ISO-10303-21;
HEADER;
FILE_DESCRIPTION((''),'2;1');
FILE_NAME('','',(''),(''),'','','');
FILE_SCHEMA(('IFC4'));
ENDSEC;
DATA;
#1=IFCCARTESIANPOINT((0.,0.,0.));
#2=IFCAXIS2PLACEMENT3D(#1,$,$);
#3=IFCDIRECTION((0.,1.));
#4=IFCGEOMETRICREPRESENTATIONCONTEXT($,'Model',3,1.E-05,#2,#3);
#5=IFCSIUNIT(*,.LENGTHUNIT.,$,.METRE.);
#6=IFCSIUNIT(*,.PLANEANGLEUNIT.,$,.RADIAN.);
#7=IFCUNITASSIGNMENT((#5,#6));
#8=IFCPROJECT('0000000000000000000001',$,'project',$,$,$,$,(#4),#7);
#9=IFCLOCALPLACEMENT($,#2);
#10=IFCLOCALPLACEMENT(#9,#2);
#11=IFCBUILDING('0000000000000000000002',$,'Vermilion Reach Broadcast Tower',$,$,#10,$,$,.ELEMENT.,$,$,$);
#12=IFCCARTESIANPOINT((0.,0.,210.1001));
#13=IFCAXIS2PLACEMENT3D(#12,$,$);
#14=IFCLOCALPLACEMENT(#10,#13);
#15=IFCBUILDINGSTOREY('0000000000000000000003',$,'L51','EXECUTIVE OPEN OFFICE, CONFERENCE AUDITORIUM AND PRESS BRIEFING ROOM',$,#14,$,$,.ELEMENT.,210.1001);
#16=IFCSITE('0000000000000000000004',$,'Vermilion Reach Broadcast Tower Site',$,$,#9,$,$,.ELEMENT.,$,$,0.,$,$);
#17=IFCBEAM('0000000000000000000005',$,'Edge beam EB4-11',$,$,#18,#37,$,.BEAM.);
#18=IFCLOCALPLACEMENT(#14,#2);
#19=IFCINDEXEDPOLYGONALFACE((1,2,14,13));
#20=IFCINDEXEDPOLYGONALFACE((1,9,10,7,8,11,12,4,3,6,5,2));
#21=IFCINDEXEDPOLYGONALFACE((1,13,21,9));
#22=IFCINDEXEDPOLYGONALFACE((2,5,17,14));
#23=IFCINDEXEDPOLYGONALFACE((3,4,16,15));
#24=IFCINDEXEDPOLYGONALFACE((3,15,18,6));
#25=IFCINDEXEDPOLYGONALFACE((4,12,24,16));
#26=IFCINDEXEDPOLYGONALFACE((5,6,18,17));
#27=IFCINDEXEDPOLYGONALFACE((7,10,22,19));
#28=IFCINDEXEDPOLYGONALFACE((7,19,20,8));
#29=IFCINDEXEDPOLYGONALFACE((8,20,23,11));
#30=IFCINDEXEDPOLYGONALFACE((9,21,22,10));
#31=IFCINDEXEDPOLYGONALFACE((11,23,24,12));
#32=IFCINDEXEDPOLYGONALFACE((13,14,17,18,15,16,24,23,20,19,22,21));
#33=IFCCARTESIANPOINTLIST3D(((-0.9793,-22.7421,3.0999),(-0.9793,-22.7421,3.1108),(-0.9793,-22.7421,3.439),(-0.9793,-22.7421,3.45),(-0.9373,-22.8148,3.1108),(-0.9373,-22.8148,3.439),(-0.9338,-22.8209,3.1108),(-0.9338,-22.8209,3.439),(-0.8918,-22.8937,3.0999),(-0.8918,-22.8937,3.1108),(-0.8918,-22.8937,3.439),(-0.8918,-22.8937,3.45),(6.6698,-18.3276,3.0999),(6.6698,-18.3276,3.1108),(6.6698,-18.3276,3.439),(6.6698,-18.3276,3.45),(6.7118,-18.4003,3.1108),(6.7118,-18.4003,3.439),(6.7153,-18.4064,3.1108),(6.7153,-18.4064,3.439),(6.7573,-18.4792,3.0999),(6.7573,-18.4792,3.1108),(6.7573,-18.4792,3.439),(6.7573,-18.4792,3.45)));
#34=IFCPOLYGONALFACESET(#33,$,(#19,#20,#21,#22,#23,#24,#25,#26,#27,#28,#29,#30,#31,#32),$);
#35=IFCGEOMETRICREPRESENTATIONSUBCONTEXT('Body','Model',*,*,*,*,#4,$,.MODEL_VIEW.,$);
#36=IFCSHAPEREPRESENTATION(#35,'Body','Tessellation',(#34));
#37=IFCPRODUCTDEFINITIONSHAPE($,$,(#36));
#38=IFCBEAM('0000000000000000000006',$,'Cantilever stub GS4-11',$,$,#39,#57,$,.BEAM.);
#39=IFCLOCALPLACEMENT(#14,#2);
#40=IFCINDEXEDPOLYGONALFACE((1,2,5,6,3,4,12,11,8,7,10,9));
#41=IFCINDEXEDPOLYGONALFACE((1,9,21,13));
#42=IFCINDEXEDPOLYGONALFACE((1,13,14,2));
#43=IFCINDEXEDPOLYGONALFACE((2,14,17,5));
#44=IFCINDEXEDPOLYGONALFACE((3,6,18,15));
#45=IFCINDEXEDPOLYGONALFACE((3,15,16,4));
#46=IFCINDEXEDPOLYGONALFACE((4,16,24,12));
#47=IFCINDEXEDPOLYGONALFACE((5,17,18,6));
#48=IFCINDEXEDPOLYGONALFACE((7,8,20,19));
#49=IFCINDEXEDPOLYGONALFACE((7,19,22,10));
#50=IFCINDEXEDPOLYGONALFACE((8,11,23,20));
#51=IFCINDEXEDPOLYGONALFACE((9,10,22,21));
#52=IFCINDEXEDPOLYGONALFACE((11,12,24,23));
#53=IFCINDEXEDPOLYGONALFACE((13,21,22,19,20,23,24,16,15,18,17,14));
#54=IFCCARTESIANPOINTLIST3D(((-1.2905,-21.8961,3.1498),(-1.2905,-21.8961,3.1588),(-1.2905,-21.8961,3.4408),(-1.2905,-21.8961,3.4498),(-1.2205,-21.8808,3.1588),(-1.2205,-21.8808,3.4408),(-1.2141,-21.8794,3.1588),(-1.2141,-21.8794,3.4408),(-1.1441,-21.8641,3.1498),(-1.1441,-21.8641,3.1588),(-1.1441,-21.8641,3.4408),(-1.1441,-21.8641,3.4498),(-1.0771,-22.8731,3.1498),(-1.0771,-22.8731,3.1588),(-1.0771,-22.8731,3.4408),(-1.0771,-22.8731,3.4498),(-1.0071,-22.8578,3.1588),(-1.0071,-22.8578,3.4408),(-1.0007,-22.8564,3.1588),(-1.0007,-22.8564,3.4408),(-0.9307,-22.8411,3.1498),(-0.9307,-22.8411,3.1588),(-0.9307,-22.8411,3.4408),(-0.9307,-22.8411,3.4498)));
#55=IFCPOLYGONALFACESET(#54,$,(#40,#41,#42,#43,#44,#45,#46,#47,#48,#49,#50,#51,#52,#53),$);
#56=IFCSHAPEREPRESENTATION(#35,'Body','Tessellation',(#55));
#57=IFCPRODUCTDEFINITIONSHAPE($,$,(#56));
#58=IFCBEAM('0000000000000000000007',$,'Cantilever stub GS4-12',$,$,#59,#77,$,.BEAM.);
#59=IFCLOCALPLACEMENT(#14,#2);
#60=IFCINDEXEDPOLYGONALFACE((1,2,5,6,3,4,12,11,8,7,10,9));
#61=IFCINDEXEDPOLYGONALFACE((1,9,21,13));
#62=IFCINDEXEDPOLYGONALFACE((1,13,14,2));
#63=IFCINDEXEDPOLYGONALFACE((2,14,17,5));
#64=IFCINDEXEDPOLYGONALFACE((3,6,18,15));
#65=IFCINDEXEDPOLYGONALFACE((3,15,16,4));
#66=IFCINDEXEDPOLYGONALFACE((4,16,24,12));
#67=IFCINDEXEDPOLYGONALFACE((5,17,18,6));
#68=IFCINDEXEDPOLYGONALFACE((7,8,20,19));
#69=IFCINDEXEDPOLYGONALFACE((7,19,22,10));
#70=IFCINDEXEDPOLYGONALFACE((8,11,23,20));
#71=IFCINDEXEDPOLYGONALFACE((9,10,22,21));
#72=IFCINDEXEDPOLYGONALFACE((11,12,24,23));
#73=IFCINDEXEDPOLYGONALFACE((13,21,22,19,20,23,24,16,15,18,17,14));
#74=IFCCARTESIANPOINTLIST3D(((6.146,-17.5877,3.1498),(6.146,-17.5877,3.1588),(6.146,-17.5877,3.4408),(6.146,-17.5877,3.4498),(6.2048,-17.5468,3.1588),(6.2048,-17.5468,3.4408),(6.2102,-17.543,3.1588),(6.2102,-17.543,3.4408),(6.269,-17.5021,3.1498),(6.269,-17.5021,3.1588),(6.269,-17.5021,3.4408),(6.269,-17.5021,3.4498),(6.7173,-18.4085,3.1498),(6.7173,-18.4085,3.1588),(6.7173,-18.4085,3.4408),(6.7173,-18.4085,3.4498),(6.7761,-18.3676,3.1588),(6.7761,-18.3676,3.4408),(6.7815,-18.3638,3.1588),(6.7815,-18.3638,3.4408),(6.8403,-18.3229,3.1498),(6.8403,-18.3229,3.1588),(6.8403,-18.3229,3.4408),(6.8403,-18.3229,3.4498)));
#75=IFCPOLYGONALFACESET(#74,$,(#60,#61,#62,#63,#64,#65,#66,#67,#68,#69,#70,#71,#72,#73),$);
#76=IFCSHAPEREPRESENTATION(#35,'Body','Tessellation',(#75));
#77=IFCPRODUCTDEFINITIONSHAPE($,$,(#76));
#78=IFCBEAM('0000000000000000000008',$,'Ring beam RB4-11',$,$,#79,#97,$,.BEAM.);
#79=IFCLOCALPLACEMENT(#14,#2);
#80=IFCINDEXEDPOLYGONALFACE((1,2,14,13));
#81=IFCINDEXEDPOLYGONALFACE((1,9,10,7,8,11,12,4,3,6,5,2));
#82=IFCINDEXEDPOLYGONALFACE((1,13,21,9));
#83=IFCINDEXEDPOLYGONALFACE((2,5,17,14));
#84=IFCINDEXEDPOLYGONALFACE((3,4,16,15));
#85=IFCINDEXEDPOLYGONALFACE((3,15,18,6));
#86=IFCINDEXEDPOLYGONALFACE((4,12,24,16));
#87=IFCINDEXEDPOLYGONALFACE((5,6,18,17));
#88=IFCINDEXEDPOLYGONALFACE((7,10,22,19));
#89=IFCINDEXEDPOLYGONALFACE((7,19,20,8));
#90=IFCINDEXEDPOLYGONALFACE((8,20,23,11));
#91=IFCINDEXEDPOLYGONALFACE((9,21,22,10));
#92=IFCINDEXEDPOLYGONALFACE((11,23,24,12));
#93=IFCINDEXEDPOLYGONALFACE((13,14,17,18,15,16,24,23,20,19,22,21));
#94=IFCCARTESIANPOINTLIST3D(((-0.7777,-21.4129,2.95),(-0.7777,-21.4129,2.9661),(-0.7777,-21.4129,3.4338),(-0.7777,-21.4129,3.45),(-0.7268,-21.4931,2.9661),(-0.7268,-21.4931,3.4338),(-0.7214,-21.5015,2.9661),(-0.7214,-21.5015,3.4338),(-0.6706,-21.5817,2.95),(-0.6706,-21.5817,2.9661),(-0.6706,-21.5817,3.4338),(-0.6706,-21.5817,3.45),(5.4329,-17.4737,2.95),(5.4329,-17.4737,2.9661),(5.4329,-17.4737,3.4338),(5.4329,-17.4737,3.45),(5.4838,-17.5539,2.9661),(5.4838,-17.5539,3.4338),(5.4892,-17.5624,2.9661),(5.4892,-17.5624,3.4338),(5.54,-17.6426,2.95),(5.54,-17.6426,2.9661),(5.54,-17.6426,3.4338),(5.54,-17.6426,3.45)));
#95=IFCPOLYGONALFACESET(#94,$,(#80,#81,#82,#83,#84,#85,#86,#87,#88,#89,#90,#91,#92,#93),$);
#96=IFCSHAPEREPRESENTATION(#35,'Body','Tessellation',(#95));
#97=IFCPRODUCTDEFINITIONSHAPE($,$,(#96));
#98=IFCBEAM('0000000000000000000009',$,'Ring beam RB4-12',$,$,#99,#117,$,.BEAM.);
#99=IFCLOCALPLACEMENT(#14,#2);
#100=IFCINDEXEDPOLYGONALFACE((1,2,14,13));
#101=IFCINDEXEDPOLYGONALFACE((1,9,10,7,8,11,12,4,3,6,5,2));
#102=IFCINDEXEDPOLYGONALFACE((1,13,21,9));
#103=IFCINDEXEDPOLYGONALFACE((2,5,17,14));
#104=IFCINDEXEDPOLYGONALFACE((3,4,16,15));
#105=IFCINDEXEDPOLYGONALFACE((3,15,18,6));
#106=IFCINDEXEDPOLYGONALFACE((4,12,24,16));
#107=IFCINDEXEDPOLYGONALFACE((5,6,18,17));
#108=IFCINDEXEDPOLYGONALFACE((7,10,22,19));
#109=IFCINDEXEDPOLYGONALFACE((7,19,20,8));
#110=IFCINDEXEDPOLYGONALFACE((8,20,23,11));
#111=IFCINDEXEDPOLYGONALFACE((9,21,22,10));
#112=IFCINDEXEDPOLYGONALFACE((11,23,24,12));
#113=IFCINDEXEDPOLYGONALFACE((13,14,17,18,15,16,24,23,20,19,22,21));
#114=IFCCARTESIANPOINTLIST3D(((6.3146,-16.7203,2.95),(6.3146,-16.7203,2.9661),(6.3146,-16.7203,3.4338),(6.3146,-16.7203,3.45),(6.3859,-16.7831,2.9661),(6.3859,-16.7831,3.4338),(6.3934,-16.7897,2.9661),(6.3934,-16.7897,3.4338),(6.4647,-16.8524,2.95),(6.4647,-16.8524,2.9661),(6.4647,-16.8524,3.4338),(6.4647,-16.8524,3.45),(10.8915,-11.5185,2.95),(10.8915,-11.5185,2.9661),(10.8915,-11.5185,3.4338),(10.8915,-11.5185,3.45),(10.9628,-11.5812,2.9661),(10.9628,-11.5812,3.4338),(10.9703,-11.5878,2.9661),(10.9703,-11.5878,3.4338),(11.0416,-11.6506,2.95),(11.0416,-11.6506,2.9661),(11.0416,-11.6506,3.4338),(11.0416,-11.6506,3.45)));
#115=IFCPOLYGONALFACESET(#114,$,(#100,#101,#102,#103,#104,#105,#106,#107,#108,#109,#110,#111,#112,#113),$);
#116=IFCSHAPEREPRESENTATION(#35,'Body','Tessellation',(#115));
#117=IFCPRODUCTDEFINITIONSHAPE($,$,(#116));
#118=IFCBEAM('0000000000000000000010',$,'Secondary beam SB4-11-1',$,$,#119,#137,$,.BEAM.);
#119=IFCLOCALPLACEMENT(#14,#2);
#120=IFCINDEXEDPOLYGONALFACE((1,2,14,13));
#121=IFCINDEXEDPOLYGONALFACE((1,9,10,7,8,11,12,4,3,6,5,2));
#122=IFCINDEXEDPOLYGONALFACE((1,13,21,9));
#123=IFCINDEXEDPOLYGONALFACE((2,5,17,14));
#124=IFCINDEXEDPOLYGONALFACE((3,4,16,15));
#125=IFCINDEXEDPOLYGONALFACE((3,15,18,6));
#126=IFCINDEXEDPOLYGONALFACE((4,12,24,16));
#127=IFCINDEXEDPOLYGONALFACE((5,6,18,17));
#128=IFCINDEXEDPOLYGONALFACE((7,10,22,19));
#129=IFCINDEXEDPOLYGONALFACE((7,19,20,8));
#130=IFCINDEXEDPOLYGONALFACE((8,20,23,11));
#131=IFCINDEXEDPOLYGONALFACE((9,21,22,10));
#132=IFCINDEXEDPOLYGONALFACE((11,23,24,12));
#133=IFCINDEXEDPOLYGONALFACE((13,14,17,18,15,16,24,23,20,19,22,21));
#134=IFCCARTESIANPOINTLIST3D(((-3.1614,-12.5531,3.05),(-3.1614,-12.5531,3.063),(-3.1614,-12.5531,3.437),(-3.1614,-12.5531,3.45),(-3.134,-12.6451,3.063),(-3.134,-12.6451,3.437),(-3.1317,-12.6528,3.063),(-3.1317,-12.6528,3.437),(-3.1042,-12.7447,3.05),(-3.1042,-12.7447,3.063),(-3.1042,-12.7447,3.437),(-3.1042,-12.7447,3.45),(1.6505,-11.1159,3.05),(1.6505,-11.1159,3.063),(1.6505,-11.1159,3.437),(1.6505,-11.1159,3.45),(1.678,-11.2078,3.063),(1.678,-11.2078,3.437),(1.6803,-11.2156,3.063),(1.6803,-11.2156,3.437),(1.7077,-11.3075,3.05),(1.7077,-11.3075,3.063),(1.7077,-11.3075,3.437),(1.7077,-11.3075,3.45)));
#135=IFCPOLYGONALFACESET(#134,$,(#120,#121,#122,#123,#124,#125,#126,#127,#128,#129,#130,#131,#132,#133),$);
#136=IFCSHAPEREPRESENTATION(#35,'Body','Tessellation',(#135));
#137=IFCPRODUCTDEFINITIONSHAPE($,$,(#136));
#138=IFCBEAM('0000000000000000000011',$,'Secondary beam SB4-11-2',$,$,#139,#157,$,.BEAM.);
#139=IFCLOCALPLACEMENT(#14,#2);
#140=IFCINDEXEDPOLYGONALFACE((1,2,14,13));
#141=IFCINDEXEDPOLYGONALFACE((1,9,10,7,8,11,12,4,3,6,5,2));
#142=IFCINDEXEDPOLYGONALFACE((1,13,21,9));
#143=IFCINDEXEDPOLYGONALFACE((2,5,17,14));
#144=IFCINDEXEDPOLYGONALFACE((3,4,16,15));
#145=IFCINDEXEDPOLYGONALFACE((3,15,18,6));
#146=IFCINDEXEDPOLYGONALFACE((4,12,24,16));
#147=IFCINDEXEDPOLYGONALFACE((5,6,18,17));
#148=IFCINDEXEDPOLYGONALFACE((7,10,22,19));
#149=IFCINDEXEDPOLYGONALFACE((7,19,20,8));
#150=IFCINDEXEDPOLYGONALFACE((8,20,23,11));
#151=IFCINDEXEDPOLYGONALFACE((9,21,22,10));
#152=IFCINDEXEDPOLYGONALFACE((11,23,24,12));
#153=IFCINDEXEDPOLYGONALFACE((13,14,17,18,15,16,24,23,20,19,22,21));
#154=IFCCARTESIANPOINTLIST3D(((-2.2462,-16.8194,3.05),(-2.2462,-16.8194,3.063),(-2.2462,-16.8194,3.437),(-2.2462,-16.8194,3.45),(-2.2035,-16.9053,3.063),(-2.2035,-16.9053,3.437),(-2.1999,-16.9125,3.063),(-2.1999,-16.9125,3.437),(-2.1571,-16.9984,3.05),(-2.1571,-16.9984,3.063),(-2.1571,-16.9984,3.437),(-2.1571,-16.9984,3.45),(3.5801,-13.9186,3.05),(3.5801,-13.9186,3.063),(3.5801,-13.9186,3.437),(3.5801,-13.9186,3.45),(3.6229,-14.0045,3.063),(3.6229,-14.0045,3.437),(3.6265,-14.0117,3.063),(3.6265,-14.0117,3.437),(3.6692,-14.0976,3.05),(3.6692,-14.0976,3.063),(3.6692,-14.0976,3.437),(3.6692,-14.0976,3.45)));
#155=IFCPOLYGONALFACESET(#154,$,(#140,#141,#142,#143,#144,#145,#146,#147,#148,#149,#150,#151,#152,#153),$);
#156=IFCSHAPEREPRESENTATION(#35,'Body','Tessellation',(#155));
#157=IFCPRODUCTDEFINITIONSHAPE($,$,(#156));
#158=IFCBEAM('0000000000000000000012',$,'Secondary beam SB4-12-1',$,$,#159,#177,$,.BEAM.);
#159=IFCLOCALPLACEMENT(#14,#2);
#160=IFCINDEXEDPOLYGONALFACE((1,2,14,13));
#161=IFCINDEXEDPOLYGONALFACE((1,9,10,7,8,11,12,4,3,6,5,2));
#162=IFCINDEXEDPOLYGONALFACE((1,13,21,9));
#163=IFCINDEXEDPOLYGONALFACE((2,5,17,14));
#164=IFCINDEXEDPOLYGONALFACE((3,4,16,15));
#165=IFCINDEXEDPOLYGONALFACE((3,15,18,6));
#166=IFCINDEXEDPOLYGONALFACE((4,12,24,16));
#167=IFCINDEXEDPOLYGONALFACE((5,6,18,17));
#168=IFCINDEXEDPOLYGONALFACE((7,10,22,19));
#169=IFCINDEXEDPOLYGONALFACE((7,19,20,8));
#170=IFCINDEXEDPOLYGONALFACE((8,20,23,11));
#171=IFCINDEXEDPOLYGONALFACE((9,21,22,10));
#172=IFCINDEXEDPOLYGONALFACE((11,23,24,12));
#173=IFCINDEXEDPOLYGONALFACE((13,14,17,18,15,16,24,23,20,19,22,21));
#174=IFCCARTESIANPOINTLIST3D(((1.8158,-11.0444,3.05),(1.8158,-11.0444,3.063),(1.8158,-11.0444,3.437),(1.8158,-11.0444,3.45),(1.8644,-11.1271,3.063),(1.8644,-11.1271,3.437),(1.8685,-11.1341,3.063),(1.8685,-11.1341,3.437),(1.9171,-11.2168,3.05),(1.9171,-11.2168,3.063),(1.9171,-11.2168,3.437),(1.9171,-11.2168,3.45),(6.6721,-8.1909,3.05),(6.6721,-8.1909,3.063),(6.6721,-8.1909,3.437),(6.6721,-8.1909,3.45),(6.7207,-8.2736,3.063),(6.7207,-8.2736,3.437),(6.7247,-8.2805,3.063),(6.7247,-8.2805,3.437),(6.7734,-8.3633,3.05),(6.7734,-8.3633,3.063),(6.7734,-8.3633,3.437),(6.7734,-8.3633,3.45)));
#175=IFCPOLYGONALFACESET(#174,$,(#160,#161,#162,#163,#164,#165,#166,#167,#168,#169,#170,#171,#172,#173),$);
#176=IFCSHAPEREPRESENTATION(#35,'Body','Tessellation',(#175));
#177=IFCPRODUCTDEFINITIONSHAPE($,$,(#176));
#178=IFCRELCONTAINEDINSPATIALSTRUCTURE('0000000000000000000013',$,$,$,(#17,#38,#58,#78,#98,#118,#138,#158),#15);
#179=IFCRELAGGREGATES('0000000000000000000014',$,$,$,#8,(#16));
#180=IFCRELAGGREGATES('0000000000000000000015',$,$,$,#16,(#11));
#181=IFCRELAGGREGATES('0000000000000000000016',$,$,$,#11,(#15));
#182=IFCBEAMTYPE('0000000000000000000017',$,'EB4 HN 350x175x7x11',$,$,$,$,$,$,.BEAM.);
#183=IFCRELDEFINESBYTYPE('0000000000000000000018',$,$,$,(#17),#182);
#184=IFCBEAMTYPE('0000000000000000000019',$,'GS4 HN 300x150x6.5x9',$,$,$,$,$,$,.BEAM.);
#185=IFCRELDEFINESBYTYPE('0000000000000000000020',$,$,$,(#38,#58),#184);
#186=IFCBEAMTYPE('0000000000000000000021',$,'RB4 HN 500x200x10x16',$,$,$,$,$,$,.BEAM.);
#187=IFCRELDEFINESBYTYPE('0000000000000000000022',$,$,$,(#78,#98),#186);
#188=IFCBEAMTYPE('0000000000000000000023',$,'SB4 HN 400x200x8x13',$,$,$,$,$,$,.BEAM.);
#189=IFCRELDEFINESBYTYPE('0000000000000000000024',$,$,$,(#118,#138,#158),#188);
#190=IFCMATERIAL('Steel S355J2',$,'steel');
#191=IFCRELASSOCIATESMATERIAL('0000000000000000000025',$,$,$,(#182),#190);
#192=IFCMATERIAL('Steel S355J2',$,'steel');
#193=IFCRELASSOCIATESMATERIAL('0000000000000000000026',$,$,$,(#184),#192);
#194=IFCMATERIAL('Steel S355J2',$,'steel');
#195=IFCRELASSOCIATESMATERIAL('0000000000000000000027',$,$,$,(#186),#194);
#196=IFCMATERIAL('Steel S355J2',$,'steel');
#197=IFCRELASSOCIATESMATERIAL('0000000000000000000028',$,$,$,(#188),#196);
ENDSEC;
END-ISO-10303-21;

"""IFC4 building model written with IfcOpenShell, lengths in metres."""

from ifc_helpers import new_model, si_unit, direction, frame, origin, origin_2d, place, context, subcontext, project, spatial, i_section, extrude, material, material_profile, profile_set, type_object, element, save


model = new_model("IFC4")

# Units and contexts
model_context = context("Model", 3, precision=1e-05, world=origin(), true_north=direction((0.0, 1.0)))
body_context = subcontext(model_context, "Body", "Model", "MODEL_VIEW")
ifc_project = project(units=[si_unit("LENGTHUNIT", "METRE"), si_unit("PLANEANGLEUNIT", "RADIAN")], contexts=[model_context])

# Site, building, storey
site_placement = place(None, origin())
site = spatial("IfcSite", under=ifc_project, at=site_placement, Name="Vermilion Reach Broadcast Tower Site", CompositionType="ELEMENT", RefElevation=0.0)
building_placement = place(site_placement, origin())
building = spatial("IfcBuilding", under=site, at=building_placement, Name="Vermilion Reach Broadcast Tower", CompositionType="ELEMENT")
storey_placement = place(building_placement, frame((0.0, 0.0, 210.1001)))
storey = spatial("IfcBuildingStorey", under=building, at=storey_placement, Name="L51", Description="EXECUTIVE OPEN OFFICE, CONFERENCE AUDITORIUM AND PRESS BRIEFING ROOM", CompositionType="ELEMENT", Elevation=210.1001)

# Beams
ifc_material_1 = material(Name="Steel S355J2", Category="steel")
ifc_material_profile_1 = material_profile(ifc_material_1, i_section(OverallWidth=0.175, OverallDepth=0.3501, WebThickness=0.0071, FlangeThickness=0.011, at=origin_2d()), Name="S355J2 HN 350x175x7x11")
ifc_profile_set_1 = profile_set([ifc_material_profile_1], Name="Steel S355J2")
beam_type_1 = type_object("IfcBeamType", Name="EB4 HN 350x175x7x11", PredefinedType="BEAM", material=ifc_profile_set_1)
beam_1_placement = place(storey_placement, frame((-0.9355, -22.8179, 3.2749), z_axis=(0.866109, 0.499856, 0.0), x_axis=(-0.499856, 0.866109, 0.0)))
element("IfcBeam", 1, at=beam_1_placement, inside=storey, type_object=beam_type_1, Name="Edge beam EB4-11", PredefinedType="BEAM", context=body_context, shape_type="SweptSolid", body=[
    extrude(i_section(OverallWidth=0.175, OverallDepth=0.3501, WebThickness=0.0071, FlangeThickness=0.011, at=origin_2d()), origin(), (0.0, 0.0, 1.0), 8.8315),
])
ifc_material_2 = material(Name="Steel S355J2", Category="steel")
ifc_material_profile_2 = material_profile(ifc_material_2, i_section(OverallWidth=0.1499, OverallDepth=0.3, WebThickness=0.0066, FlangeThickness=0.009, at=origin_2d()), Name="S355J2 HN 300x150x6.5x9")
ifc_profile_set_2 = profile_set([ifc_material_profile_2], Name="Steel S355J2")
beam_type_2 = type_object("IfcBeamType", Name="GS4 HN 300x150x6.5x9", PredefinedType="BEAM", material=ifc_profile_set_2)
for number, where, z_axis, x_axis, name in (
    (2, (-1.2173, -21.8801, 3.2998), (0.213362, -0.976973, 0.0), (0.976973, 0.213362, 0.0), "Cantilever stub GS4-11"),
    (3, (6.2075, -17.5449, 3.2998), (0.571265, -0.820766, 0.0), (0.820766, 0.571265, 0.0), "Cantilever stub GS4-12"),
):
    element("IfcBeam", number, at=place(storey_placement, frame(where, z_axis=z_axis, x_axis=x_axis)), inside=storey, type_object=beam_type_2, Name=name, PredefinedType="BEAM", context=body_context, shape_type="SweptSolid", body=[
        extrude(i_section(OverallWidth=0.1499, OverallDepth=0.3, WebThickness=0.0066, FlangeThickness=0.009, at=origin_2d()), origin(), (0.0, 0.0, 1.0), 1.0),
    ])
ifc_material_3 = material(Name="Steel S355J2", Category="steel")
ifc_material_profile_3 = material_profile(ifc_material_3, i_section(OverallWidth=0.2, OverallDepth=0.5, WebThickness=0.01, FlangeThickness=0.0161, at=origin_2d()), Name="S355J2 HN 500x200x10x16")
ifc_profile_set_3 = profile_set([ifc_material_profile_3], Name="Steel S355J2")
beam_type_3 = type_object("IfcBeamType", Name="RB4 HN 500x200x10x16", PredefinedType="BEAM", material=ifc_profile_set_3)
beam_2_placement = place(storey_placement, frame((-0.7241, -21.4973, 3.2), z_axis=(0.844464, 0.535612, 0.0), x_axis=(-0.535612, 0.844464, 0.0)))
element("IfcBeam", 4, at=beam_2_placement, inside=storey, type_object=beam_type_3, Name="Ring beam RB4-11", PredefinedType="BEAM", context=body_context, shape_type="SweptSolid", body=[
    extrude(i_section(OverallWidth=0.2, OverallDepth=0.5, WebThickness=0.01, FlangeThickness=0.0161, at=origin_2d()), origin(), (0.0, 0.0, 1.0), 7.3545),
])
beam_3_placement = place(storey_placement, frame((6.3896, -16.7864, 3.2), z_axis=(0.660565, 0.750769, 0.0), x_axis=(-0.750769, 0.660565, 0.0)))
element("IfcBeam", 5, at=beam_3_placement, inside=storey, type_object=beam_type_3, Name="Ring beam RB4-12", PredefinedType="BEAM", context=body_context, shape_type="SweptSolid", body=[
    extrude(i_section(OverallWidth=0.2, OverallDepth=0.5, WebThickness=0.01, FlangeThickness=0.0161, at=origin_2d()), origin(), (0.0, 0.0, 1.0), 6.9287),
])
ifc_material_4 = material(Name="Steel S355J2", Category="steel")
ifc_material_profile_4 = material_profile(ifc_material_4, i_section(OverallWidth=0.2, OverallDepth=0.3999, WebThickness=0.0081, FlangeThickness=0.0129, at=origin_2d()), Name="S355J2 HN 400x200x8x13")
ifc_profile_set_4 = profile_set([ifc_material_profile_4], Name="Steel S355J2")
beam_type_4 = type_object("IfcBeamType", Name="SB4 HN 400x200x8x13", PredefinedType="BEAM", material=ifc_profile_set_4)
beam_4_placement = place(storey_placement, frame((-3.1328, -12.6489, 3.25), z_axis=(0.958173, 0.286188, 0.0), x_axis=(-0.286188, 0.958173, 0.0)))
element("IfcBeam", 6, at=beam_4_placement, inside=storey, type_object=beam_type_4, Name="Secondary beam SB4-11-1", PredefinedType="BEAM", context=body_context, shape_type="SweptSolid", body=[
    extrude(i_section(OverallWidth=0.2, OverallDepth=0.3999, WebThickness=0.0081, FlangeThickness=0.0129, at=origin_2d()), origin(), (0.0, 0.0, 1.0), 5.022),
])
beam_5_placement = place(storey_placement, frame((-2.2017, -16.9089, 3.25), z_axis=(0.895184, 0.445698, 0.0), x_axis=(-0.445698, 0.895184, 0.0)))
element("IfcBeam", 7, at=beam_5_placement, inside=storey, type_object=beam_type_4, Name="Secondary beam SB4-11-2", PredefinedType="BEAM", context=body_context, shape_type="SweptSolid", body=[
    extrude(i_section(OverallWidth=0.2, OverallDepth=0.3999, WebThickness=0.0081, FlangeThickness=0.0129, at=origin_2d()), origin(), (0.0, 0.0, 1.0), 6.5085),
])
beam_6_placement = place(storey_placement, frame((1.8665, -11.1306, 3.25), z_axis=(0.862173, 0.506615, 0.0), x_axis=(-0.506615, 0.862173, 0.0)))
element("IfcBeam", 8, at=beam_6_placement, inside=storey, type_object=beam_type_4, Name="Secondary beam SB4-12-1", PredefinedType="BEAM", context=body_context, shape_type="SweptSolid", body=[
    extrude(i_section(OverallWidth=0.2, OverallDepth=0.3999, WebThickness=0.0081, FlangeThickness=0.0129, at=origin_2d()), origin(), (0.0, 0.0, 1.0), 5.6326),
])

save(model, "model.ifc")
